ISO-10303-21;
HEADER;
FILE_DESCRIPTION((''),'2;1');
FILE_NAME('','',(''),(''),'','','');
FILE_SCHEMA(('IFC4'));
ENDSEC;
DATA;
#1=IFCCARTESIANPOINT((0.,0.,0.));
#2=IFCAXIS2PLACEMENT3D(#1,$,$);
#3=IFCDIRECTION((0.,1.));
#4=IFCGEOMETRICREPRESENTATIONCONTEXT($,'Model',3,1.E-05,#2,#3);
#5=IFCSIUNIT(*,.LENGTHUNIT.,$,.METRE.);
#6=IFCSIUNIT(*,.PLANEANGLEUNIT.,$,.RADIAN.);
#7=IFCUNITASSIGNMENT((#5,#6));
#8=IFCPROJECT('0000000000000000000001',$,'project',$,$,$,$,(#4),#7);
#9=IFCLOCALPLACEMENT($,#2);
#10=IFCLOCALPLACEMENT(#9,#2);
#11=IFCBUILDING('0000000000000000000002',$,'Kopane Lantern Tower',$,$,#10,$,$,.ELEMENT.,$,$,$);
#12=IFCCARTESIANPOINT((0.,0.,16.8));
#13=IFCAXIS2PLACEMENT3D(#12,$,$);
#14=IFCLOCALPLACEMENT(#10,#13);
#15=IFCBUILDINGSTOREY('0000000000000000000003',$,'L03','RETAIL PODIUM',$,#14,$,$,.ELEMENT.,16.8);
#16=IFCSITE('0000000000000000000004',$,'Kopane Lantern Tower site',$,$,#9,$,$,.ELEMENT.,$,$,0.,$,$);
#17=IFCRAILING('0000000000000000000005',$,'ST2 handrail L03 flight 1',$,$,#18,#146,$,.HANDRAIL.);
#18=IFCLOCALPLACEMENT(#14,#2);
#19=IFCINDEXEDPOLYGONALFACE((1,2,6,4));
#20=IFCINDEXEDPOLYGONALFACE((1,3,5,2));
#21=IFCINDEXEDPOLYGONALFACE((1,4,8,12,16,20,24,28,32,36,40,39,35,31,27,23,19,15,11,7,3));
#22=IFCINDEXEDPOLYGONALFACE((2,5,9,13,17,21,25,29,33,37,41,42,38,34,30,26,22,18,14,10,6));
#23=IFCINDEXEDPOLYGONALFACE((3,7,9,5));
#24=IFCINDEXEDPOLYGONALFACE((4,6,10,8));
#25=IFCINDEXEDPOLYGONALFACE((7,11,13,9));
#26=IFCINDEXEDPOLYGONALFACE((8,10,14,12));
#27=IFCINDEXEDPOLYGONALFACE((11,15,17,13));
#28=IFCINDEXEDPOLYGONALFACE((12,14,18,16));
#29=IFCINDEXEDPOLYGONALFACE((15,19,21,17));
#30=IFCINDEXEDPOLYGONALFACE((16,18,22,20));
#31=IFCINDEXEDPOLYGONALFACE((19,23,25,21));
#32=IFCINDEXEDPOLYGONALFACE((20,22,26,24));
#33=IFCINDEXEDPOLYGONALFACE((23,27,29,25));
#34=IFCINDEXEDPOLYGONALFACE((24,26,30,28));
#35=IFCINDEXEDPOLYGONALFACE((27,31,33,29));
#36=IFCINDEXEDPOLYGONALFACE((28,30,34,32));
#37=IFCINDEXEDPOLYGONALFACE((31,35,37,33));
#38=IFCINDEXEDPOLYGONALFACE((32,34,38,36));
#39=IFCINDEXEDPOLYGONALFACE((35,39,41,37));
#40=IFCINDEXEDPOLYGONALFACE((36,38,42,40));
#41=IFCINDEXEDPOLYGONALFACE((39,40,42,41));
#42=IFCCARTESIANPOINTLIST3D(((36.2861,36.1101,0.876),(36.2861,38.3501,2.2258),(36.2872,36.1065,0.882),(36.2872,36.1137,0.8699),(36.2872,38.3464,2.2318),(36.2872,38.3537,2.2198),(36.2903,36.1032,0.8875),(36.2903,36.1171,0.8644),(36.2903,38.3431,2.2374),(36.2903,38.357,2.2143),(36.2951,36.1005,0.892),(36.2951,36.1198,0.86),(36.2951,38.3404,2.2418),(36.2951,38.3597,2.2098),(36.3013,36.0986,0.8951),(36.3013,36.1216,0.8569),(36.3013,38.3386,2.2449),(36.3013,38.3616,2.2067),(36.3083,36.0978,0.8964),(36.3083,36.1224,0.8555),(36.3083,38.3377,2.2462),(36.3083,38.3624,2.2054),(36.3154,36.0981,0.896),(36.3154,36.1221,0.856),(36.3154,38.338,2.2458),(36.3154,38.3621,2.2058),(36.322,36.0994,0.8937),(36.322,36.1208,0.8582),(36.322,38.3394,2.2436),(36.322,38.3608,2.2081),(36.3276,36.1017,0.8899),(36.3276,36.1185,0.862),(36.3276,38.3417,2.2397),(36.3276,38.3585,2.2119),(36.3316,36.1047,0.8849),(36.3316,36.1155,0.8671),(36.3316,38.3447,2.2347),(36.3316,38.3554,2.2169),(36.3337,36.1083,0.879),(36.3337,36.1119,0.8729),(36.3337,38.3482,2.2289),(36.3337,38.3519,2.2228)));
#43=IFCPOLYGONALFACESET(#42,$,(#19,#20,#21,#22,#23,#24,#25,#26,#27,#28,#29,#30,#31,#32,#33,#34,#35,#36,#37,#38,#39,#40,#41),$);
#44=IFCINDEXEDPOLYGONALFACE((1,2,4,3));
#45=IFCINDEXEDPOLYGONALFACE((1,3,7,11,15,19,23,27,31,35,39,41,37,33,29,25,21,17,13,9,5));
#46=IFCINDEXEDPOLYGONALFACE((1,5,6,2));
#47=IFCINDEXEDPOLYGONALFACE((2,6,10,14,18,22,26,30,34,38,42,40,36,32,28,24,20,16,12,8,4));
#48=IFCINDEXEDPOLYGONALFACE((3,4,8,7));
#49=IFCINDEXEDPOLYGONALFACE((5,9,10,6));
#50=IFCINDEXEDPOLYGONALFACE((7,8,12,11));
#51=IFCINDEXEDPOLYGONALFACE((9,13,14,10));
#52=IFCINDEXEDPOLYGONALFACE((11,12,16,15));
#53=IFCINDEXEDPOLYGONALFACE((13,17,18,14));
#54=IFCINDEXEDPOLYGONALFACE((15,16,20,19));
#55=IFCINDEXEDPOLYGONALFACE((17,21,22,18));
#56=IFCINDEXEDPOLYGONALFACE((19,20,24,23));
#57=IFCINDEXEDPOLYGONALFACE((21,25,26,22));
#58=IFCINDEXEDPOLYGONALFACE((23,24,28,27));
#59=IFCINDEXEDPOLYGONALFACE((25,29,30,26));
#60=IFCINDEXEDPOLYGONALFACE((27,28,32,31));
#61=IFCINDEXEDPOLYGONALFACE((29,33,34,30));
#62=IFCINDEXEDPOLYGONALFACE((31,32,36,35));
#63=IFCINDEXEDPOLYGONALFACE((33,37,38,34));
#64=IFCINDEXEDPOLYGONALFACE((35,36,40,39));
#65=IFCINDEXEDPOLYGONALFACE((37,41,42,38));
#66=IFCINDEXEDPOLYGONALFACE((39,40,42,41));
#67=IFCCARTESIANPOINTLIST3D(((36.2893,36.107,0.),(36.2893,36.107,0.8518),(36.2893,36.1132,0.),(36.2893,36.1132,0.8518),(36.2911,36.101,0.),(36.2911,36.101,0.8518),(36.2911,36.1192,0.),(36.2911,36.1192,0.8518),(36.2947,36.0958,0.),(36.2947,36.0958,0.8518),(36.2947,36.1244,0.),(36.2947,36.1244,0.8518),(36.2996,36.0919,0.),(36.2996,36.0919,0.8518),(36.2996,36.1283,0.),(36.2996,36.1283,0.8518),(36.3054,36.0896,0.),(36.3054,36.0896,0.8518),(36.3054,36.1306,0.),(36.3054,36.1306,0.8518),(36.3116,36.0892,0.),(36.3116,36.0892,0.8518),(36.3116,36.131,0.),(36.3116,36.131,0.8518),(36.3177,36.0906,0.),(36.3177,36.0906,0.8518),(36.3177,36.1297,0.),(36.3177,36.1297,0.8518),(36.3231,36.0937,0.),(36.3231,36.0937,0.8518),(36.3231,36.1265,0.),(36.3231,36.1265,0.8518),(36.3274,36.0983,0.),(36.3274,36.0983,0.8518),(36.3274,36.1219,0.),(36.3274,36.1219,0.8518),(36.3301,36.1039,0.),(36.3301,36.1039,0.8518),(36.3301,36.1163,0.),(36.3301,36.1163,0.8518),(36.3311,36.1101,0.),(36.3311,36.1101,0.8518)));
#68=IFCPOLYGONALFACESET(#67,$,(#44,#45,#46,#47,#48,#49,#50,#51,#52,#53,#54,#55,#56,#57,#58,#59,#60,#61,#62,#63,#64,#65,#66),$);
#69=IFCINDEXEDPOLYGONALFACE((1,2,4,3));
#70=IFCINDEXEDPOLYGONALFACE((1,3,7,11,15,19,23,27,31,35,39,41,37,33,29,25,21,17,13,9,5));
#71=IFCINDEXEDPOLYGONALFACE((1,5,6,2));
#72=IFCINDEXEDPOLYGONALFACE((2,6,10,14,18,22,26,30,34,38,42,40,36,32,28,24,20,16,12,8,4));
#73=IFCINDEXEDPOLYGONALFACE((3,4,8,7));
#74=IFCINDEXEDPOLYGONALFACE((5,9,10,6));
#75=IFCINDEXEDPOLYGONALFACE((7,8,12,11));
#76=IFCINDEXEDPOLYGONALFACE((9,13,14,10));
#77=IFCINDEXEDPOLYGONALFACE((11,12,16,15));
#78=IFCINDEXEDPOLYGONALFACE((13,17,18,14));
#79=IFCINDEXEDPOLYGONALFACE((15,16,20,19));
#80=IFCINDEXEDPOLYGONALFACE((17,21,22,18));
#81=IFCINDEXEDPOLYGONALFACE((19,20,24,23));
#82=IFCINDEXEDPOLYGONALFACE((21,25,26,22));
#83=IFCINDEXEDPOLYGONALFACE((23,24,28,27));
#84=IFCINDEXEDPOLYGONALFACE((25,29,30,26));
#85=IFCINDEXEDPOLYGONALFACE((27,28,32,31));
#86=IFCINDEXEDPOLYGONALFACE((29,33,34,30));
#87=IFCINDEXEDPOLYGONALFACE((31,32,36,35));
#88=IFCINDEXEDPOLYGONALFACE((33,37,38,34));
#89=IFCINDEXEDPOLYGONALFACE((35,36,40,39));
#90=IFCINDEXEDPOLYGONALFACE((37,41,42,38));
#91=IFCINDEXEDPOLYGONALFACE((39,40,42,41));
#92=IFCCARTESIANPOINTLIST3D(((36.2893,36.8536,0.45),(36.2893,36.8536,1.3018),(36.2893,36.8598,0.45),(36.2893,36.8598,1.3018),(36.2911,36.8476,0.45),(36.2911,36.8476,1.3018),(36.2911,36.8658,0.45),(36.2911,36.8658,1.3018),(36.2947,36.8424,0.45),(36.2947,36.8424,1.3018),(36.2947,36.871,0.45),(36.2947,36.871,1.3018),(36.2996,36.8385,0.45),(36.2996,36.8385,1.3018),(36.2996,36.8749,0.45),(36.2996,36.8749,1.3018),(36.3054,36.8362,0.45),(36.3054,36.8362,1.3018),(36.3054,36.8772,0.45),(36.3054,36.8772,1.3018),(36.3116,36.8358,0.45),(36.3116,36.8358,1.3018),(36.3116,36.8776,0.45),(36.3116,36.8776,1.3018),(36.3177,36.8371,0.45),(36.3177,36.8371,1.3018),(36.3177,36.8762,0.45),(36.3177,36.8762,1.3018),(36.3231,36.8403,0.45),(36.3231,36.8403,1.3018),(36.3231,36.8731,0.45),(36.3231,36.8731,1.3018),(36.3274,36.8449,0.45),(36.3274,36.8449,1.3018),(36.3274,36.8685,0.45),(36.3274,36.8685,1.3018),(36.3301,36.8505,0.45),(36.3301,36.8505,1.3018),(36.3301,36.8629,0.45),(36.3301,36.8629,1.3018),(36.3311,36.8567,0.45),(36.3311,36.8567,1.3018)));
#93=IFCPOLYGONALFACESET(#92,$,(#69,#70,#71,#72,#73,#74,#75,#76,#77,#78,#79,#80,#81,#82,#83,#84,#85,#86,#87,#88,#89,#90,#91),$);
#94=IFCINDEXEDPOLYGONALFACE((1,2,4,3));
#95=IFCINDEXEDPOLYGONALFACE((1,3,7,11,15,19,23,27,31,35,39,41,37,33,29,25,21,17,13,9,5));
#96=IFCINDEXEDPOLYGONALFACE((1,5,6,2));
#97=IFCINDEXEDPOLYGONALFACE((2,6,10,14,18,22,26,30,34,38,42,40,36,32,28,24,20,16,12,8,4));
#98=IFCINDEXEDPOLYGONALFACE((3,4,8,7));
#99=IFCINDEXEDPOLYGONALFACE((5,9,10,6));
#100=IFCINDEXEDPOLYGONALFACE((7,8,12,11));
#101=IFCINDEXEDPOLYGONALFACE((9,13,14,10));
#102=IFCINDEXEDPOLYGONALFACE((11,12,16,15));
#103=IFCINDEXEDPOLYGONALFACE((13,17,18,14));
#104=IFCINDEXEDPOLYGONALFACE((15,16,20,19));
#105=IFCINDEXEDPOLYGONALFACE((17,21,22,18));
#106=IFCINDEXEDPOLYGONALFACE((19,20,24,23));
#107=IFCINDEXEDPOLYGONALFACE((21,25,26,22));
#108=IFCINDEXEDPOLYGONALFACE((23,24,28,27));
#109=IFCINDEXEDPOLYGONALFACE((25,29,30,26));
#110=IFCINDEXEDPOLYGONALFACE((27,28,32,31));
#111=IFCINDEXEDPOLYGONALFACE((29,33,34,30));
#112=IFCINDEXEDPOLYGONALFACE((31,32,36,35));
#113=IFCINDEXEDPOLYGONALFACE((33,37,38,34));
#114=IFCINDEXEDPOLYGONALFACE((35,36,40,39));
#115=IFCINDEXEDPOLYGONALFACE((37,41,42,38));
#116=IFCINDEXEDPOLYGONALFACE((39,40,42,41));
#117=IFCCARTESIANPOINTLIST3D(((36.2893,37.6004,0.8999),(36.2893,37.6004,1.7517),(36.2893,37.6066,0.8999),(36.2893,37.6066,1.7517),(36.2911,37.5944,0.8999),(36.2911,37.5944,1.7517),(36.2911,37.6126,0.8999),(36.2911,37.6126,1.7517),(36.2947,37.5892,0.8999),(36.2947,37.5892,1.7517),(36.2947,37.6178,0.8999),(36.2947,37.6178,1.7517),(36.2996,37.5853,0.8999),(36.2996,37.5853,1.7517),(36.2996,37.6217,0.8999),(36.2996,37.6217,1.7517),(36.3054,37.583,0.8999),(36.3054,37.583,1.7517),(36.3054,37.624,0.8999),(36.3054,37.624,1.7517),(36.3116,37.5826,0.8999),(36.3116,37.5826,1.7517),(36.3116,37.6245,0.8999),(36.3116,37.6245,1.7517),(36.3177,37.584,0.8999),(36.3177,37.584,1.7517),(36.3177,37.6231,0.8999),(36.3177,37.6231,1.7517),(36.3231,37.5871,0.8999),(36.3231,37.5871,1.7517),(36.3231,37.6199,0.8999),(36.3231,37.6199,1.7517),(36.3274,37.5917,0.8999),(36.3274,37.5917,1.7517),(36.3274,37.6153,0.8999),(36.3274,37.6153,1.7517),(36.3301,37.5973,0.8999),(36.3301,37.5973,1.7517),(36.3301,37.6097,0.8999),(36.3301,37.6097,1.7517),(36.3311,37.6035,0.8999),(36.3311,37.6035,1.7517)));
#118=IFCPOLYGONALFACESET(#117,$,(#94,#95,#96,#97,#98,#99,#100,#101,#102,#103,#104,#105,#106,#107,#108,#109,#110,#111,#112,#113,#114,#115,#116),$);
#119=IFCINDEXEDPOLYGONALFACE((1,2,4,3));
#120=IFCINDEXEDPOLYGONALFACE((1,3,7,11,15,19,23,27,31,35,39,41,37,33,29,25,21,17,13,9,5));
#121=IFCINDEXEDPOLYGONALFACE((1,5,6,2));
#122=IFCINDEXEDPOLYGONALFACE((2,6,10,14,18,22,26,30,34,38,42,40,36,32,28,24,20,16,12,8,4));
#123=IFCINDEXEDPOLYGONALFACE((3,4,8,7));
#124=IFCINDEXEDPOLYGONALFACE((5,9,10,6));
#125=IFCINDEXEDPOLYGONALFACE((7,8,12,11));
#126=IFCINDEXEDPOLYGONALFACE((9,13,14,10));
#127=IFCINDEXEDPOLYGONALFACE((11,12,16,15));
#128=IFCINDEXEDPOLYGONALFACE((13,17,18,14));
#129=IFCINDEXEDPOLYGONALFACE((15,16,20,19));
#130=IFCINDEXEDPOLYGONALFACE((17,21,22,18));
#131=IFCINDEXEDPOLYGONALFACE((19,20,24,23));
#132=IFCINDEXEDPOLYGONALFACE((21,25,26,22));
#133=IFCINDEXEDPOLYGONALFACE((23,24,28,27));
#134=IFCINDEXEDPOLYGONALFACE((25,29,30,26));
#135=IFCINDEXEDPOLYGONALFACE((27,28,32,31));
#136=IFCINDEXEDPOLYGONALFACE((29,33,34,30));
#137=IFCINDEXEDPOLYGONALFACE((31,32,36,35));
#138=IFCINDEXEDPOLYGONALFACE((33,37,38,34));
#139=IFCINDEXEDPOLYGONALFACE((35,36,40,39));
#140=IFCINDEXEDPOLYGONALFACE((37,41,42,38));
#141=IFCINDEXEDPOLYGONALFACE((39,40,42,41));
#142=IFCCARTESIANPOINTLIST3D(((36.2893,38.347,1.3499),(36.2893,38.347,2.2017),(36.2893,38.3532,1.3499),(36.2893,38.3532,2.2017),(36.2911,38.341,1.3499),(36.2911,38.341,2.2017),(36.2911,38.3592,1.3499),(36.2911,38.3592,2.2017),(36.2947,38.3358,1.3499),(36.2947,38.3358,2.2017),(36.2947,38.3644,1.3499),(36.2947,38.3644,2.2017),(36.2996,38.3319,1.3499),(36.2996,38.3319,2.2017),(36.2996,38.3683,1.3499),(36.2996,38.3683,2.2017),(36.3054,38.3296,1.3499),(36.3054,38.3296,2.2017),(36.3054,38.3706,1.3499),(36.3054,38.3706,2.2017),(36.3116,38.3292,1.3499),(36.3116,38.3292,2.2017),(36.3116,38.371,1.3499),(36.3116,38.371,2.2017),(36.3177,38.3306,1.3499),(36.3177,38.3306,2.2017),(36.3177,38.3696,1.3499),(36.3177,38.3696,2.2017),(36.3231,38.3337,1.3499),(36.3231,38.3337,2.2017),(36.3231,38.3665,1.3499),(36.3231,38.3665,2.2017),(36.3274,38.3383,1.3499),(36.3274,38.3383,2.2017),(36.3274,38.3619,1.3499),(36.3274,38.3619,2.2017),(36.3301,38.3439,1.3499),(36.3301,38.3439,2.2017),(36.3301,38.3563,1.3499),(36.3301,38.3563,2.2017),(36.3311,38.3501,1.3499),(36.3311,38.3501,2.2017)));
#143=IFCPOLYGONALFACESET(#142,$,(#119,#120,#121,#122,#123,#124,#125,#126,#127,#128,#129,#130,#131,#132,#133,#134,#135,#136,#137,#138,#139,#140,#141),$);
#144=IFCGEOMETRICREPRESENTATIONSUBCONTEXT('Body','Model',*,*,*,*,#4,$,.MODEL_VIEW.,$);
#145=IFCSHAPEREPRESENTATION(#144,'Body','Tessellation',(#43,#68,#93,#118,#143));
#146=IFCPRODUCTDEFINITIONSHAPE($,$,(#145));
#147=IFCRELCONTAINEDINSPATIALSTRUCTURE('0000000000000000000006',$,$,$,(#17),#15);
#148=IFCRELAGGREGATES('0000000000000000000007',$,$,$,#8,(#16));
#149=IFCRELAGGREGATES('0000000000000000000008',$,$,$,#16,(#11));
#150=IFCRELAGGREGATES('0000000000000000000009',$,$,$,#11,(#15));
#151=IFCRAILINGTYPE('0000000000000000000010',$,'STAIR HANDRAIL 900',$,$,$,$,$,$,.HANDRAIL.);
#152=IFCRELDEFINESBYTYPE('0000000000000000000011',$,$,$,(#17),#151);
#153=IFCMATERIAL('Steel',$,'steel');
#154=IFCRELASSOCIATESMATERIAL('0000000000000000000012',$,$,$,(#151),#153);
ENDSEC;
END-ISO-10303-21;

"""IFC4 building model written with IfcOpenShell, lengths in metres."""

from ifc_helpers import new_model, si_unit, direction, frame, origin, origin_2d, place, context, subcontext, project, spatial, circle, extrude, material, type_object, element, save


model = new_model("IFC4")

# Units and contexts
model_context = context("Model", 3, precision=1e-05, world=origin(), true_north=direction((0.0, 1.0)))
body_context = subcontext(model_context, "Body", "Model", "MODEL_VIEW")
ifc_project = project(units=[si_unit("LENGTHUNIT", "METRE"), si_unit("PLANEANGLEUNIT", "RADIAN")], contexts=[model_context])

# Site, building, storey
site_placement = place(None, origin())
site = spatial("IfcSite", under=ifc_project, at=site_placement, Name="Kopane Lantern Tower site", CompositionType="ELEMENT", RefElevation=0.0)
building_placement = place(site_placement, origin())
building = spatial("IfcBuilding", under=site, at=building_placement, Name="Kopane Lantern Tower", CompositionType="ELEMENT")
storey_placement = place(building_placement, frame((0.0, 0.0, 16.8)))
storey = spatial("IfcBuildingStorey", under=building, at=storey_placement, Name="L03", Description="RETAIL PODIUM", CompositionType="ELEMENT", Elevation=16.8)

# Railing
ifc_material_1 = material(Name="Steel", Category="steel")
railing_type_1 = type_object("IfcRailingType", Name="STAIR HANDRAIL 900", PredefinedType="HANDRAIL", material=ifc_material_1)
for number, where, name in (
    (1, (36.3101, 36.1101, 0.0), "ST2 handrail L03 flight 1"),
):
    element("IfcRailing", number, at=place(storey_placement, frame(where)), inside=storey, type_object=railing_type_1, Name=name, PredefinedType="HANDRAIL", context=body_context, shape_type="SweptSolid", body=[
        extrude(circle(Radius=0.0239, at=origin_2d()), frame((0.0, 0.0, 0.876), z_axis=(0.0, 0.856503, 0.516142), x_axis=(-1.0, 0.0, 0.0)), (0.0, 0.0, 1.0), 2.6152),
        extrude(circle(Radius=0.021, at=origin_2d()), origin(), (0.0, 0.0, 1.0), 0.8518),
        extrude(circle(Radius=0.021, at=origin_2d()), frame((0.0, 0.7466, 0.45)), (0.0, 0.0, 1.0), 0.8518),
        extrude(circle(Radius=0.021, at=origin_2d()), frame((0.0, 1.4934, 0.8999)), (0.0, 0.0, 1.0), 0.8518),
        extrude(circle(Radius=0.021, at=origin_2d()), frame((0.0, 2.24, 1.3499)), (0.0, 0.0, 1.0), 0.8518),
    ])

save(model, "model.ifc")
